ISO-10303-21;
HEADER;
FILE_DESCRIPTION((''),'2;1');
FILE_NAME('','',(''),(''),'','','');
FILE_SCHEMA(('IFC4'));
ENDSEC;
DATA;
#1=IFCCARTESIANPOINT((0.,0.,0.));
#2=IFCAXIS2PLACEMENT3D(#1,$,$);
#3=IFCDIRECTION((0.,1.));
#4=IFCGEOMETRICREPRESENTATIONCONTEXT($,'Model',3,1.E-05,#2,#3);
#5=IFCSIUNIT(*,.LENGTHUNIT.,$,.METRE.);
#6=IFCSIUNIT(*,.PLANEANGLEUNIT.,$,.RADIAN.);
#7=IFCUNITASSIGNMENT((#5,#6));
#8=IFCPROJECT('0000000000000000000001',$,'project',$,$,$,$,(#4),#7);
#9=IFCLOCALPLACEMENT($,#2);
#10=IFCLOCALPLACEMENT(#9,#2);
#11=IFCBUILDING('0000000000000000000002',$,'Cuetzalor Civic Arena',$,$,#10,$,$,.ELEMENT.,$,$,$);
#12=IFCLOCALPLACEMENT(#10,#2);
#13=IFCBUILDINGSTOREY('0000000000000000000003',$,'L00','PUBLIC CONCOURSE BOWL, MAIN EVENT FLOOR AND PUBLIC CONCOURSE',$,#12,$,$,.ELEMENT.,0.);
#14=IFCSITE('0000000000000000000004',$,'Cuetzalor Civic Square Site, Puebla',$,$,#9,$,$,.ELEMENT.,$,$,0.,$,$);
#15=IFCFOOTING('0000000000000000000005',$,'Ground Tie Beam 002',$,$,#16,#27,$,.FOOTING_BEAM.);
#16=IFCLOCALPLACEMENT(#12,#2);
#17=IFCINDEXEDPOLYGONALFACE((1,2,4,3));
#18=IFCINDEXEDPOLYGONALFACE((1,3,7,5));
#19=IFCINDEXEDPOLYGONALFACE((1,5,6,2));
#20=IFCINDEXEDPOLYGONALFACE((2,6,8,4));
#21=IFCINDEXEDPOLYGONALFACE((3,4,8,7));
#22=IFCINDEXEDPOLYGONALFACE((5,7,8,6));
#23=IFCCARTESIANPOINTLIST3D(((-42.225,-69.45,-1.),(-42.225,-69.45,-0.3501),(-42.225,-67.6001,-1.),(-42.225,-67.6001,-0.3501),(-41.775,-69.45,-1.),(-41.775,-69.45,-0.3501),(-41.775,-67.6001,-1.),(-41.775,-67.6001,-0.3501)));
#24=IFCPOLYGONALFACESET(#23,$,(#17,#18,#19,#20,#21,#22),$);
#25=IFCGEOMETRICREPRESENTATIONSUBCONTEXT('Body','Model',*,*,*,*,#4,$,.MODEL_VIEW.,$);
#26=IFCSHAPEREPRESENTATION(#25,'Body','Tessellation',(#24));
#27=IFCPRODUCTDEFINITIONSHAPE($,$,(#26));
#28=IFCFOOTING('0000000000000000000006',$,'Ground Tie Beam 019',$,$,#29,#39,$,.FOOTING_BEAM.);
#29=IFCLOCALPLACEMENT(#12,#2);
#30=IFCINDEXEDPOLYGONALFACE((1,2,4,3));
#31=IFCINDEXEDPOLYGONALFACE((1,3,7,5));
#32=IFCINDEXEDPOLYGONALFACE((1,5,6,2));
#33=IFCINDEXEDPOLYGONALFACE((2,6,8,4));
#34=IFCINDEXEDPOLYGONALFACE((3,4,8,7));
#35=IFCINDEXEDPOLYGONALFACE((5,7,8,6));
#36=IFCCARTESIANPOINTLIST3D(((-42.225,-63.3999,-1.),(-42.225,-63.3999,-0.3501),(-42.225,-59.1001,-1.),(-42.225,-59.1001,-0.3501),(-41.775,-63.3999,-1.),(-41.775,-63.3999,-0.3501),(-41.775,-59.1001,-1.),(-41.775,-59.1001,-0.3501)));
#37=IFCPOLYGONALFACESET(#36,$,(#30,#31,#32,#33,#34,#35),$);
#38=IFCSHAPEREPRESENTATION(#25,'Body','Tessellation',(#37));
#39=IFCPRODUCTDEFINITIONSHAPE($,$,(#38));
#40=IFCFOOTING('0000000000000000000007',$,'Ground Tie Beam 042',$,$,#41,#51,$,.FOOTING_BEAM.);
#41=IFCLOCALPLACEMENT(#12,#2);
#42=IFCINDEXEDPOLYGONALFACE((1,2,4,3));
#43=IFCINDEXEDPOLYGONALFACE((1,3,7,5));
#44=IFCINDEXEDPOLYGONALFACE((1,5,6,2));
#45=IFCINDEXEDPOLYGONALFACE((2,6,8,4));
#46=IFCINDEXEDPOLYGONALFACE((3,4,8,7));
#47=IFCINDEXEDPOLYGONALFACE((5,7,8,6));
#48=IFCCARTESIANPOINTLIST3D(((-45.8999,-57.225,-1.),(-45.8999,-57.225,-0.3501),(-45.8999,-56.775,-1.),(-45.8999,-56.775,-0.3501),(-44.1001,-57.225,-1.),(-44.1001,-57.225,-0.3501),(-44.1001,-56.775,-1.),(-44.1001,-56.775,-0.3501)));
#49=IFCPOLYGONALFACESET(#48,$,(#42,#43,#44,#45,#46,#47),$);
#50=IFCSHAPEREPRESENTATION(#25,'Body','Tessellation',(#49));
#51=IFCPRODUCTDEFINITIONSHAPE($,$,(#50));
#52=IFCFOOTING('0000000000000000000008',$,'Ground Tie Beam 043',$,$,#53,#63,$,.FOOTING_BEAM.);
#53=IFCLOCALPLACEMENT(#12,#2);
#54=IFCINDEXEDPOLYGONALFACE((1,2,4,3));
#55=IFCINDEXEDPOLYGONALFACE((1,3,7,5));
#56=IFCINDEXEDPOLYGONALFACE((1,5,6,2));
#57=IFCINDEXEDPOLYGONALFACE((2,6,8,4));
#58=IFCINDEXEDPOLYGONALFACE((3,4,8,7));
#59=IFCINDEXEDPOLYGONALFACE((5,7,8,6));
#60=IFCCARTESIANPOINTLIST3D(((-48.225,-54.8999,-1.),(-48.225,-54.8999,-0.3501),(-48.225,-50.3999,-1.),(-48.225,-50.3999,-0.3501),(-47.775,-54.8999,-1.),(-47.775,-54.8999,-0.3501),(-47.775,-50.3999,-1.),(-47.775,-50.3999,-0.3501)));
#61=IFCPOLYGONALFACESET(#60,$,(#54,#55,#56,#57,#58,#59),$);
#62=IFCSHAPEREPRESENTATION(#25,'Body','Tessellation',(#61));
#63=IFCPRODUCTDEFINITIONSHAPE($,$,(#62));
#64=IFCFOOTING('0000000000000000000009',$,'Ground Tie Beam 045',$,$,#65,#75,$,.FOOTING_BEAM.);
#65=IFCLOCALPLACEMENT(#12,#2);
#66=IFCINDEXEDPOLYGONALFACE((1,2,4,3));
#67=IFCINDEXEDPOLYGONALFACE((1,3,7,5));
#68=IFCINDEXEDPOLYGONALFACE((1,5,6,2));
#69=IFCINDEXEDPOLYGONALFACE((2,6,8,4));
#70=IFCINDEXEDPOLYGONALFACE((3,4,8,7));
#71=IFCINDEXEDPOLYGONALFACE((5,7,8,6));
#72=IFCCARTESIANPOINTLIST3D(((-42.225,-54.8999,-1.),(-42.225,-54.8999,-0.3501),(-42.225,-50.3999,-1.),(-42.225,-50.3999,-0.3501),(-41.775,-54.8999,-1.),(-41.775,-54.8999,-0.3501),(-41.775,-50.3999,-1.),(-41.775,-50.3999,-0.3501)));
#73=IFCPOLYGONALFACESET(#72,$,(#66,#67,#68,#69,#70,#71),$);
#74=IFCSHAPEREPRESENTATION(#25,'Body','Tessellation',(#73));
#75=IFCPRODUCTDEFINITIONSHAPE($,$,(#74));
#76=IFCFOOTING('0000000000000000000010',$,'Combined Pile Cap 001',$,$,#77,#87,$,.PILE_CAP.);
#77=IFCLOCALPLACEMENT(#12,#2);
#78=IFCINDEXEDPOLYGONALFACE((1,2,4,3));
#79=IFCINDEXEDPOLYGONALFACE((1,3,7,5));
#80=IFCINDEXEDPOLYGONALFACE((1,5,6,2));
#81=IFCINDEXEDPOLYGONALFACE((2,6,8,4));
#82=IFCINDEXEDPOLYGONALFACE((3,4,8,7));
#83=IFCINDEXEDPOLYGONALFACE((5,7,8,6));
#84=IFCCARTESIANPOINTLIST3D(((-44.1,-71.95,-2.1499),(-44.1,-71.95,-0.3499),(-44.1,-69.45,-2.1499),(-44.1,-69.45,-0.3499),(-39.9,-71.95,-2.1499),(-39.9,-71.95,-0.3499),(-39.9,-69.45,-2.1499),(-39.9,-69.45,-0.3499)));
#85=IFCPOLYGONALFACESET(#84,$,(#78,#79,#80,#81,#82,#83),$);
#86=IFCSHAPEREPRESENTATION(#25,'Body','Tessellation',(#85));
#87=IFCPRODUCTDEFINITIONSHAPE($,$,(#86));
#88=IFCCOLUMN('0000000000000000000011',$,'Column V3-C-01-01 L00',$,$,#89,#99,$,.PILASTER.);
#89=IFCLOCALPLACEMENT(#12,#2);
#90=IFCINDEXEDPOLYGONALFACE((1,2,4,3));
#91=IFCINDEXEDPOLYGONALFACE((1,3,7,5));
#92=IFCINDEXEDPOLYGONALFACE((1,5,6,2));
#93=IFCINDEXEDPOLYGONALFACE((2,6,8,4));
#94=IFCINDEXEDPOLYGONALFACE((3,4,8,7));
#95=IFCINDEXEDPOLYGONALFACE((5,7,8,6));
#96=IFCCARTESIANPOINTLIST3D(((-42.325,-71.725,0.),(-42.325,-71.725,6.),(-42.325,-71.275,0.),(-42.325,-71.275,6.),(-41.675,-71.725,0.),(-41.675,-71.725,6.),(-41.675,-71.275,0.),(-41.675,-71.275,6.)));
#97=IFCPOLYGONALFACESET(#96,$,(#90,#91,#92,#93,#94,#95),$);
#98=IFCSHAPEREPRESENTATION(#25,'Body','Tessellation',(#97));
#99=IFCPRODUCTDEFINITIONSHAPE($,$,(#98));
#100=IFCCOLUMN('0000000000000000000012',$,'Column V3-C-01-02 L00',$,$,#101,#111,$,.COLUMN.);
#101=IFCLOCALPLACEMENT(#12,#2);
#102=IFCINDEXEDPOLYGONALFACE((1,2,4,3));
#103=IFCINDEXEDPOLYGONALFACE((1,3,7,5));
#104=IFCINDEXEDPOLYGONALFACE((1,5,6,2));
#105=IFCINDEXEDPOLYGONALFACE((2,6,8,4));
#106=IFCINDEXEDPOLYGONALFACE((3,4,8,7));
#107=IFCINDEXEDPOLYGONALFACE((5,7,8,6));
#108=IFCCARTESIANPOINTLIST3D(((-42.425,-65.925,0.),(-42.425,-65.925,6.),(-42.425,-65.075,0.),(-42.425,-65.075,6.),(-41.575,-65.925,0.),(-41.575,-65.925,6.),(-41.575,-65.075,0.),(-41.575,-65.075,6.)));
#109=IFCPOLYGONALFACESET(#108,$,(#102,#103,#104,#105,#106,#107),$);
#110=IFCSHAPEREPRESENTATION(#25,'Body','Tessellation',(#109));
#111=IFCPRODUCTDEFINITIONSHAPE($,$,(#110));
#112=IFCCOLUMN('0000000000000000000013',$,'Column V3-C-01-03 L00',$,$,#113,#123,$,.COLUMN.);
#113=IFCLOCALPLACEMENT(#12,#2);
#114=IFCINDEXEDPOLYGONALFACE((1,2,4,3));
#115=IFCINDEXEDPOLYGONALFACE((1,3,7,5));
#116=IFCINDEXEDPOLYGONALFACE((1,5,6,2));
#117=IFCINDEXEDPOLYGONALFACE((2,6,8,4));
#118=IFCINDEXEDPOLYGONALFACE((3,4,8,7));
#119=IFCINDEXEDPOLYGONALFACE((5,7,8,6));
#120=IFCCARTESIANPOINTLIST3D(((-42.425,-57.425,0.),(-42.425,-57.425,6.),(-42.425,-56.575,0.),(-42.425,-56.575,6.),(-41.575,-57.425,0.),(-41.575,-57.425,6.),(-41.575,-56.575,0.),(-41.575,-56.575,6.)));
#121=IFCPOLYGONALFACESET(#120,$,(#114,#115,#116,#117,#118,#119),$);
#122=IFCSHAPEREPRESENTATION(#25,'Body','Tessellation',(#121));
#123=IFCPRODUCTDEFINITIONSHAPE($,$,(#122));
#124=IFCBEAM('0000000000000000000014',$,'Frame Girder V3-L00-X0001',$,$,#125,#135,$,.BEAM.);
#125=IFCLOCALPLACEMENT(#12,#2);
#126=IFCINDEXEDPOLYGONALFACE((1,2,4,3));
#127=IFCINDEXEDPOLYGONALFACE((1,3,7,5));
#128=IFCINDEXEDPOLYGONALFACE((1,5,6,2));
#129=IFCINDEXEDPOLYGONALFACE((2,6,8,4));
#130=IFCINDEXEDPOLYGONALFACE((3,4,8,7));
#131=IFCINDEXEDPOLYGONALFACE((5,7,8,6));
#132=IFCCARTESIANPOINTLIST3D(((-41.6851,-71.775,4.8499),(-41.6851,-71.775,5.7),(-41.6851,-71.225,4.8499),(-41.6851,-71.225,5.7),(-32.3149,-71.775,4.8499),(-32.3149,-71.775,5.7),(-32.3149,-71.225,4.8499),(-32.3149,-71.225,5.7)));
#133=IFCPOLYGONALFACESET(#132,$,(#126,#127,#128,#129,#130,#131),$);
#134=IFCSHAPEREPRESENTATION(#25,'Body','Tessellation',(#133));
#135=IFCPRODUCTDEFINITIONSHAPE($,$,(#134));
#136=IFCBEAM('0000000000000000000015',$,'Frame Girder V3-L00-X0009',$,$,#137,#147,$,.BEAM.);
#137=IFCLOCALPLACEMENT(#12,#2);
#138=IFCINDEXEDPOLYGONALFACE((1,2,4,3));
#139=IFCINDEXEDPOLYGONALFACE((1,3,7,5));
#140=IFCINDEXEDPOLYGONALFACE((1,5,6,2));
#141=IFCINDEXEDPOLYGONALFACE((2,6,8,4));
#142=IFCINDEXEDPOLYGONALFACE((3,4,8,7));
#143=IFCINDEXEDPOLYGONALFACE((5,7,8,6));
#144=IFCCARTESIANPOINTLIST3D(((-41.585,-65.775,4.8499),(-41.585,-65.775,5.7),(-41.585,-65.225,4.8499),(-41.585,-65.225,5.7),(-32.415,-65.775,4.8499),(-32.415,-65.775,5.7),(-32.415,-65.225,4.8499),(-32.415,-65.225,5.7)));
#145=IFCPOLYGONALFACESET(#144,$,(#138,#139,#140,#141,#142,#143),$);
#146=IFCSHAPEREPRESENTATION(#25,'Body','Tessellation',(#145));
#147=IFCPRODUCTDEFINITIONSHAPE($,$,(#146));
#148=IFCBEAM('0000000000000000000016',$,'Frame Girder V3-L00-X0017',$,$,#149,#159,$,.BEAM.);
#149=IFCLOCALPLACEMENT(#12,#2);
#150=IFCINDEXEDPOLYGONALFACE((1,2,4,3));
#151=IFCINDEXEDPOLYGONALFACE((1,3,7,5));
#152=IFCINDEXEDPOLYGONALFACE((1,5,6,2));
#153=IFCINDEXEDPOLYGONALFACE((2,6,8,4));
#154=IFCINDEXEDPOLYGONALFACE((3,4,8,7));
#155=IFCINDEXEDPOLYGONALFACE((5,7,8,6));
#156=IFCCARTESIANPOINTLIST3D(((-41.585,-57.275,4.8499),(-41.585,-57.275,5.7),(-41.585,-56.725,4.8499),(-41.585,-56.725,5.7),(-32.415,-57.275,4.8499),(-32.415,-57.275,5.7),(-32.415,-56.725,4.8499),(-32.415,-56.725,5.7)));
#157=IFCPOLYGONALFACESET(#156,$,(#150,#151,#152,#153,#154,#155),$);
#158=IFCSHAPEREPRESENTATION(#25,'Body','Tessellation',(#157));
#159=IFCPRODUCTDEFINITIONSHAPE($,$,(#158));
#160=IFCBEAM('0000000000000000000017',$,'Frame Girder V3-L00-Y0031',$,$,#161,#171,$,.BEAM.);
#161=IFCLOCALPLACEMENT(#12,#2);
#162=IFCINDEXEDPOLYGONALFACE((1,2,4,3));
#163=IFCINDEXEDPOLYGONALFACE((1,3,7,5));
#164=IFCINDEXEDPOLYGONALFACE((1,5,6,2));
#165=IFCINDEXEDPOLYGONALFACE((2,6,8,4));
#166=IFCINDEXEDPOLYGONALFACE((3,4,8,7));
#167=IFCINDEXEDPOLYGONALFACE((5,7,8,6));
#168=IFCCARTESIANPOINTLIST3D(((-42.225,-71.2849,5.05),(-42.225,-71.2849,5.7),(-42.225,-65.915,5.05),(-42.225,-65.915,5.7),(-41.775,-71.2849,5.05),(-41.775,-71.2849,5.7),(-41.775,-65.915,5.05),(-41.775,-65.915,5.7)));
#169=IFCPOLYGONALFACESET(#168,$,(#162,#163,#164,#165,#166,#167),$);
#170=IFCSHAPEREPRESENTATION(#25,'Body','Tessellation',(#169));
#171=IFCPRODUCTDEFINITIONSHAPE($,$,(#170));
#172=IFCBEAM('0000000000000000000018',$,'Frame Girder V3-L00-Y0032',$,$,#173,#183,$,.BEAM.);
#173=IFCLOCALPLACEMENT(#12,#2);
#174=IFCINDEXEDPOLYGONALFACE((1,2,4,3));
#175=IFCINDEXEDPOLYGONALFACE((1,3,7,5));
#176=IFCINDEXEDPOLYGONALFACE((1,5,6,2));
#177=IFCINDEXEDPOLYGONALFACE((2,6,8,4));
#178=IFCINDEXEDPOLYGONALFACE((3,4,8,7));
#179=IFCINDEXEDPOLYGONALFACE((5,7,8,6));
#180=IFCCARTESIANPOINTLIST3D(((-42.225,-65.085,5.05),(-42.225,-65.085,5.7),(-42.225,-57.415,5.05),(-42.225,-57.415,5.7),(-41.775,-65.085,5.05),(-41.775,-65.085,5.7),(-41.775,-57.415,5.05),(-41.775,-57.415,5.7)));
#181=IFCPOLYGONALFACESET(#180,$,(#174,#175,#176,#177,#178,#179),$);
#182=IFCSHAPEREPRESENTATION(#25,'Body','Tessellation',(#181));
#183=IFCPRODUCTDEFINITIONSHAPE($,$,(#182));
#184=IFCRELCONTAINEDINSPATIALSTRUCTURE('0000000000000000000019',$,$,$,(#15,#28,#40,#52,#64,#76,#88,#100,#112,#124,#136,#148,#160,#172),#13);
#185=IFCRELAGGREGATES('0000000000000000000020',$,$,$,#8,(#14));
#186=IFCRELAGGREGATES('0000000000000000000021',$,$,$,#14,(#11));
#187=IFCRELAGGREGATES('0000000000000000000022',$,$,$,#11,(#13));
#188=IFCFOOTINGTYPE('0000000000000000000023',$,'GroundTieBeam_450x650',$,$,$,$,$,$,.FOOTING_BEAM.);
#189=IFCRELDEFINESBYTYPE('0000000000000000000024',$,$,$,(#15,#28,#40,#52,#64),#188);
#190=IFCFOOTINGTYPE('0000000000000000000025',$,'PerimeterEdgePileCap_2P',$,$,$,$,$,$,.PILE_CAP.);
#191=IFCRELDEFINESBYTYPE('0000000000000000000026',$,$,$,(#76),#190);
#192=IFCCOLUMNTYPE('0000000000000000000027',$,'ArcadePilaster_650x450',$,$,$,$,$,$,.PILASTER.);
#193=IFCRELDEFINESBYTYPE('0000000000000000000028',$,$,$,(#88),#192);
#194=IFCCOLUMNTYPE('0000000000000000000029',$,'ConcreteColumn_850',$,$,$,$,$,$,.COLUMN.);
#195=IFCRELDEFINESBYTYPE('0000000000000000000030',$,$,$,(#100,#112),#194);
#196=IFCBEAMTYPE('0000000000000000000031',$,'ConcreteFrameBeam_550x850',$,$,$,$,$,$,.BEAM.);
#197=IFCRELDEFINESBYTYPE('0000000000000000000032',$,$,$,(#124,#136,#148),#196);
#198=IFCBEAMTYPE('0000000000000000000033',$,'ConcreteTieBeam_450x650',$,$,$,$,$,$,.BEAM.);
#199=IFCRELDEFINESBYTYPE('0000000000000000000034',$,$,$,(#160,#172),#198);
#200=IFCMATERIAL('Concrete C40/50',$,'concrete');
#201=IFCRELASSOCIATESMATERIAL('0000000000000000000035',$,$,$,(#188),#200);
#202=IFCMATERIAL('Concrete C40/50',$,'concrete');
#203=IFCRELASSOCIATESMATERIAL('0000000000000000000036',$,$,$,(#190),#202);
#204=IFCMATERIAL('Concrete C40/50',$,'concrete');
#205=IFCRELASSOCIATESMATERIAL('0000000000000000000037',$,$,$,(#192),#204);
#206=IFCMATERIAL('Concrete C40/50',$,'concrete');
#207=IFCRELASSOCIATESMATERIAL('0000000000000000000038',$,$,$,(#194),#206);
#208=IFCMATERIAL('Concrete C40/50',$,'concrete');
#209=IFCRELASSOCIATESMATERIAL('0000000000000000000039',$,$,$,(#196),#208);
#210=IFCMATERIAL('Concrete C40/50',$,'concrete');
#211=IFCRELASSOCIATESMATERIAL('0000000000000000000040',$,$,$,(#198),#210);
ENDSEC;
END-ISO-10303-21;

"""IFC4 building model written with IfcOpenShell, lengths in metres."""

from ifc_helpers import new_model, si_unit, direction, frame, origin, origin_2d, place, context, subcontext, project, spatial, rectangle, extrude, material, material_profile, profile_set, type_object, element, save


model = new_model("IFC4")

# Units and contexts
model_context = context("Model", 3, precision=1e-05, world=origin(), true_north=direction((0.0, 1.0)))
body_context = subcontext(model_context, "Body", "Model", "MODEL_VIEW")
ifc_project = project(units=[si_unit("LENGTHUNIT", "METRE"), si_unit("PLANEANGLEUNIT", "RADIAN")], contexts=[model_context])

# Site, building, storey
site_placement = place(None, origin())
site = spatial("IfcSite", under=ifc_project, at=site_placement, Name="Cuetzalor Civic Square Site, Puebla", CompositionType="ELEMENT", RefElevation=0.0)
building_placement = place(site_placement, origin())
building = spatial("IfcBuilding", under=site, at=building_placement, Name="Cuetzalor Civic Arena", CompositionType="ELEMENT")
storey_placement = place(building_placement, origin())
storey = spatial("IfcBuildingStorey", under=building, at=storey_placement, Name="L00", Description="PUBLIC CONCOURSE BOWL, MAIN EVENT FLOOR AND PUBLIC CONCOURSE", CompositionType="ELEMENT", Elevation=0.0)

# Footings
ifc_material_1 = material(Name="Concrete C40/50", Category="concrete")
ifc_material_profile_1 = material_profile(ifc_material_1, rectangle(XDim=0.45, YDim=0.6499, at=origin_2d()), Name="RC 450x650")
ifc_profile_set_1 = profile_set([ifc_material_profile_1], Name="Concrete C40/50")
footing_type_1 = type_object("IfcFootingType", Name="GroundTieBeam_450x650", PredefinedType="FOOTING_BEAM", material=ifc_profile_set_1)
footing_1_placement = place(storey_placement, frame((-42.0, -69.45, -0.675), z_axis=(0.0, 1.0, 0.0), x_axis=(-1.0, 0.0, 0.0)))
element("IfcFooting", 1, at=footing_1_placement, inside=storey, type_object=footing_type_1, Name="Ground Tie Beam 002", PredefinedType="FOOTING_BEAM", context=body_context, shape_type="SweptSolid", body=[
    extrude(rectangle(XDim=0.45, YDim=0.6499, at=origin_2d()), origin(), (0.0, 0.0, 1.0), 1.8499),
])
footing_2_placement = place(storey_placement, frame((-42.0, -63.3999, -0.675), z_axis=(0.0, 1.0, 0.0), x_axis=(-1.0, 0.0, 0.0)))
element("IfcFooting", 2, at=footing_2_placement, inside=storey, type_object=footing_type_1, Name="Ground Tie Beam 019", PredefinedType="FOOTING_BEAM", context=body_context, shape_type="SweptSolid", body=[
    extrude(rectangle(XDim=0.45, YDim=0.6499, at=origin_2d()), origin(), (0.0, 0.0, 1.0), 4.2998),
])
footing_3_placement = place(storey_placement, frame((-45.8999, -57.0, -0.675), z_axis=(1.0, 0.0, 0.0), x_axis=(0.0, 1.0, 0.0)))
element("IfcFooting", 3, at=footing_3_placement, inside=storey, type_object=footing_type_1, Name="Ground Tie Beam 042", PredefinedType="FOOTING_BEAM", context=body_context, shape_type="SweptSolid", body=[
    extrude(rectangle(XDim=0.45, YDim=0.6499, at=origin_2d()), origin(), (0.0, 0.0, 1.0), 1.7998),
])
for number, where, z_axis, x_axis, name in (
    (4, (-48.0, -54.8999, -0.675), (0.0, 1.0, 0.0), (-1.0, 0.0, 0.0), "Ground Tie Beam 043"),
    (5, (-42.0, -54.8999, -0.675), (0.0, 1.0, 0.0), (-1.0, 0.0, 0.0), "Ground Tie Beam 045"),
):
    element("IfcFooting", number, at=place(storey_placement, frame(where, z_axis=z_axis, x_axis=x_axis)), inside=storey, type_object=footing_type_1, Name=name, PredefinedType="FOOTING_BEAM", context=body_context, shape_type="SweptSolid", body=[
        extrude(rectangle(XDim=0.45, YDim=0.6499, at=origin_2d()), origin(), (0.0, 0.0, 1.0), 4.5),
    ])
ifc_material_2 = material(Name="Concrete C40/50", Category="concrete")
footing_type_2 = type_object("IfcFootingType", Name="PerimeterEdgePileCap_2P", PredefinedType="PILE_CAP", material=ifc_material_2)
footing_4_placement = place(storey_placement, frame((-42.0, -70.7, -2.1499), z_axis=(0.0, 0.0, 1.0), x_axis=(1.0, 0.0, 0.0)))
element("IfcFooting", 6, at=footing_4_placement, inside=storey, type_object=footing_type_2, Name="Combined Pile Cap 001", PredefinedType="PILE_CAP", context=body_context, shape_type="SweptSolid", body=[
    extrude(rectangle(XDim=4.2, YDim=2.5, at=origin_2d()), origin(), (0.0, 0.0, 1.0), 1.8),
])

# Columns
ifc_material_3 = material(Name="Concrete C40/50", Category="concrete")
ifc_material_profile_2 = material_profile(ifc_material_3, rectangle(XDim=0.6499, YDim=0.45, at=origin_2d()), Name="RC 650x450")
ifc_profile_set_2 = profile_set([ifc_material_profile_2], Name="Concrete C40/50")
column_type_1 = type_object("IfcColumnType", Name="ArcadePilaster_650x450", PredefinedType="PILASTER", material=ifc_profile_set_2)
column_placement = place(storey_placement, frame((-42.0, -71.5, 0.0), z_axis=(0.0, 0.0, 1.0), x_axis=(1.0, 0.0, 0.0)))
element("IfcColumn", 7, at=column_placement, inside=storey, type_object=column_type_1, Name="Column V3-C-01-01 L00", PredefinedType="PILASTER", context=body_context, shape_type="SweptSolid", body=[
    extrude(rectangle(XDim=0.6499, YDim=0.45, at=origin_2d()), origin(), (0.0, 0.0, 1.0), 6.0),
])
ifc_material_4 = material(Name="Concrete C40/50", Category="concrete")
ifc_material_profile_3 = material_profile(ifc_material_4, rectangle(XDim=0.8501, YDim=0.8501, at=origin_2d()), Name="RC 850x850")
ifc_profile_set_3 = profile_set([ifc_material_profile_3], Name="Concrete C40/50")
column_type_2 = type_object("IfcColumnType", Name="ConcreteColumn_850", PredefinedType="COLUMN", material=ifc_profile_set_3)
for number, where, z_axis, x_axis, name in (
    (8, (-42.0, -65.5, 0.0), (0.0, 0.0, 1.0), (1.0, 0.0, 0.0), "Column V3-C-01-02 L00"),
    (9, (-42.0, -57.0, 0.0), (0.0, 0.0, 1.0), (1.0, 0.0, 0.0), "Column V3-C-01-03 L00"),
):
    element("IfcColumn", number, at=place(storey_placement, frame(where, z_axis=z_axis, x_axis=x_axis)), inside=storey, type_object=column_type_2, Name=name, PredefinedType="COLUMN", context=body_context, shape_type="SweptSolid", body=[
        extrude(rectangle(XDim=0.8501, YDim=0.8501, at=origin_2d()), origin(), (0.0, 0.0, 1.0), 6.0),
    ])

# Beams
ifc_material_5 = material(Name="Concrete C40/50", Category="concrete")
ifc_material_profile_4 = material_profile(ifc_material_5, rectangle(XDim=0.55, YDim=0.8501, at=origin_2d()), Name="RC 550x850")
ifc_profile_set_4 = profile_set([ifc_material_profile_4], Name="Concrete C40/50")
beam_type_1 = type_object("IfcBeamType", Name="ConcreteFrameBeam_550x850", PredefinedType="BEAM", material=ifc_profile_set_4)
beam_1_placement = place(storey_placement, frame((-41.6851, -71.5, 5.2749), z_axis=(1.0, 0.0, 0.0), x_axis=(0.0, 1.0, 0.0)))
element("IfcBeam", 10, at=beam_1_placement, inside=storey, type_object=beam_type_1, Name="Frame Girder V3-L00-X0001", PredefinedType="BEAM", context=body_context, shape_type="SweptSolid", body=[
    extrude(rectangle(XDim=0.55, YDim=0.8501, at=origin_2d()), origin(), (0.0, 0.0, 1.0), 9.3701),
])
for number, where, z_axis, x_axis, name in (
    (11, (-41.585, -65.5, 5.2749), (1.0, 0.0, 0.0), (0.0, 1.0, 0.0), "Frame Girder V3-L00-X0009"),
    (12, (-41.585, -57.0, 5.2749), (1.0, 0.0, 0.0), (0.0, 1.0, 0.0), "Frame Girder V3-L00-X0017"),
):
    element("IfcBeam", number, at=place(storey_placement, frame(where, z_axis=z_axis, x_axis=x_axis)), inside=storey, type_object=beam_type_1, Name=name, PredefinedType="BEAM", context=body_context, shape_type="SweptSolid", body=[
        extrude(rectangle(XDim=0.55, YDim=0.8501, at=origin_2d()), origin(), (0.0, 0.0, 1.0), 9.1699),
    ])
ifc_material_6 = material(Name="Concrete C40/50", Category="concrete")
ifc_material_profile_5 = material_profile(ifc_material_6, rectangle(XDim=0.45, YDim=0.6499, at=origin_2d()), Name="RC 450x650")
ifc_profile_set_5 = profile_set([ifc_material_profile_5], Name="Concrete C40/50")
beam_type_2 = type_object("IfcBeamType", Name="ConcreteTieBeam_450x650", PredefinedType="BEAM", material=ifc_profile_set_5)
beam_2_placement = place(storey_placement, frame((-42.0, -71.2849, 5.375), z_axis=(0.0, 1.0, 0.0), x_axis=(-1.0, 0.0, 0.0)))
element("IfcBeam", 13, at=beam_2_placement, inside=storey, type_object=beam_type_2, Name="Frame Girder V3-L00-Y0031", PredefinedType="BEAM", context=body_context, shape_type="SweptSolid", body=[
    extrude(rectangle(XDim=0.45, YDim=0.6499, at=origin_2d()), origin(), (0.0, 0.0, 1.0), 5.3699),
])
beam_3_placement = place(storey_placement, frame((-42.0, -65.085, 5.375), z_axis=(0.0, 1.0, 0.0), x_axis=(-1.0, 0.0, 0.0)))
element("IfcBeam", 14, at=beam_3_placement, inside=storey, type_object=beam_type_2, Name="Frame Girder V3-L00-Y0032", PredefinedType="BEAM", context=body_context, shape_type="SweptSolid", body=[
    extrude(rectangle(XDim=0.45, YDim=0.6499, at=origin_2d()), origin(), (0.0, 0.0, 1.0), 7.6699),
])

save(model, "model.ifc")
